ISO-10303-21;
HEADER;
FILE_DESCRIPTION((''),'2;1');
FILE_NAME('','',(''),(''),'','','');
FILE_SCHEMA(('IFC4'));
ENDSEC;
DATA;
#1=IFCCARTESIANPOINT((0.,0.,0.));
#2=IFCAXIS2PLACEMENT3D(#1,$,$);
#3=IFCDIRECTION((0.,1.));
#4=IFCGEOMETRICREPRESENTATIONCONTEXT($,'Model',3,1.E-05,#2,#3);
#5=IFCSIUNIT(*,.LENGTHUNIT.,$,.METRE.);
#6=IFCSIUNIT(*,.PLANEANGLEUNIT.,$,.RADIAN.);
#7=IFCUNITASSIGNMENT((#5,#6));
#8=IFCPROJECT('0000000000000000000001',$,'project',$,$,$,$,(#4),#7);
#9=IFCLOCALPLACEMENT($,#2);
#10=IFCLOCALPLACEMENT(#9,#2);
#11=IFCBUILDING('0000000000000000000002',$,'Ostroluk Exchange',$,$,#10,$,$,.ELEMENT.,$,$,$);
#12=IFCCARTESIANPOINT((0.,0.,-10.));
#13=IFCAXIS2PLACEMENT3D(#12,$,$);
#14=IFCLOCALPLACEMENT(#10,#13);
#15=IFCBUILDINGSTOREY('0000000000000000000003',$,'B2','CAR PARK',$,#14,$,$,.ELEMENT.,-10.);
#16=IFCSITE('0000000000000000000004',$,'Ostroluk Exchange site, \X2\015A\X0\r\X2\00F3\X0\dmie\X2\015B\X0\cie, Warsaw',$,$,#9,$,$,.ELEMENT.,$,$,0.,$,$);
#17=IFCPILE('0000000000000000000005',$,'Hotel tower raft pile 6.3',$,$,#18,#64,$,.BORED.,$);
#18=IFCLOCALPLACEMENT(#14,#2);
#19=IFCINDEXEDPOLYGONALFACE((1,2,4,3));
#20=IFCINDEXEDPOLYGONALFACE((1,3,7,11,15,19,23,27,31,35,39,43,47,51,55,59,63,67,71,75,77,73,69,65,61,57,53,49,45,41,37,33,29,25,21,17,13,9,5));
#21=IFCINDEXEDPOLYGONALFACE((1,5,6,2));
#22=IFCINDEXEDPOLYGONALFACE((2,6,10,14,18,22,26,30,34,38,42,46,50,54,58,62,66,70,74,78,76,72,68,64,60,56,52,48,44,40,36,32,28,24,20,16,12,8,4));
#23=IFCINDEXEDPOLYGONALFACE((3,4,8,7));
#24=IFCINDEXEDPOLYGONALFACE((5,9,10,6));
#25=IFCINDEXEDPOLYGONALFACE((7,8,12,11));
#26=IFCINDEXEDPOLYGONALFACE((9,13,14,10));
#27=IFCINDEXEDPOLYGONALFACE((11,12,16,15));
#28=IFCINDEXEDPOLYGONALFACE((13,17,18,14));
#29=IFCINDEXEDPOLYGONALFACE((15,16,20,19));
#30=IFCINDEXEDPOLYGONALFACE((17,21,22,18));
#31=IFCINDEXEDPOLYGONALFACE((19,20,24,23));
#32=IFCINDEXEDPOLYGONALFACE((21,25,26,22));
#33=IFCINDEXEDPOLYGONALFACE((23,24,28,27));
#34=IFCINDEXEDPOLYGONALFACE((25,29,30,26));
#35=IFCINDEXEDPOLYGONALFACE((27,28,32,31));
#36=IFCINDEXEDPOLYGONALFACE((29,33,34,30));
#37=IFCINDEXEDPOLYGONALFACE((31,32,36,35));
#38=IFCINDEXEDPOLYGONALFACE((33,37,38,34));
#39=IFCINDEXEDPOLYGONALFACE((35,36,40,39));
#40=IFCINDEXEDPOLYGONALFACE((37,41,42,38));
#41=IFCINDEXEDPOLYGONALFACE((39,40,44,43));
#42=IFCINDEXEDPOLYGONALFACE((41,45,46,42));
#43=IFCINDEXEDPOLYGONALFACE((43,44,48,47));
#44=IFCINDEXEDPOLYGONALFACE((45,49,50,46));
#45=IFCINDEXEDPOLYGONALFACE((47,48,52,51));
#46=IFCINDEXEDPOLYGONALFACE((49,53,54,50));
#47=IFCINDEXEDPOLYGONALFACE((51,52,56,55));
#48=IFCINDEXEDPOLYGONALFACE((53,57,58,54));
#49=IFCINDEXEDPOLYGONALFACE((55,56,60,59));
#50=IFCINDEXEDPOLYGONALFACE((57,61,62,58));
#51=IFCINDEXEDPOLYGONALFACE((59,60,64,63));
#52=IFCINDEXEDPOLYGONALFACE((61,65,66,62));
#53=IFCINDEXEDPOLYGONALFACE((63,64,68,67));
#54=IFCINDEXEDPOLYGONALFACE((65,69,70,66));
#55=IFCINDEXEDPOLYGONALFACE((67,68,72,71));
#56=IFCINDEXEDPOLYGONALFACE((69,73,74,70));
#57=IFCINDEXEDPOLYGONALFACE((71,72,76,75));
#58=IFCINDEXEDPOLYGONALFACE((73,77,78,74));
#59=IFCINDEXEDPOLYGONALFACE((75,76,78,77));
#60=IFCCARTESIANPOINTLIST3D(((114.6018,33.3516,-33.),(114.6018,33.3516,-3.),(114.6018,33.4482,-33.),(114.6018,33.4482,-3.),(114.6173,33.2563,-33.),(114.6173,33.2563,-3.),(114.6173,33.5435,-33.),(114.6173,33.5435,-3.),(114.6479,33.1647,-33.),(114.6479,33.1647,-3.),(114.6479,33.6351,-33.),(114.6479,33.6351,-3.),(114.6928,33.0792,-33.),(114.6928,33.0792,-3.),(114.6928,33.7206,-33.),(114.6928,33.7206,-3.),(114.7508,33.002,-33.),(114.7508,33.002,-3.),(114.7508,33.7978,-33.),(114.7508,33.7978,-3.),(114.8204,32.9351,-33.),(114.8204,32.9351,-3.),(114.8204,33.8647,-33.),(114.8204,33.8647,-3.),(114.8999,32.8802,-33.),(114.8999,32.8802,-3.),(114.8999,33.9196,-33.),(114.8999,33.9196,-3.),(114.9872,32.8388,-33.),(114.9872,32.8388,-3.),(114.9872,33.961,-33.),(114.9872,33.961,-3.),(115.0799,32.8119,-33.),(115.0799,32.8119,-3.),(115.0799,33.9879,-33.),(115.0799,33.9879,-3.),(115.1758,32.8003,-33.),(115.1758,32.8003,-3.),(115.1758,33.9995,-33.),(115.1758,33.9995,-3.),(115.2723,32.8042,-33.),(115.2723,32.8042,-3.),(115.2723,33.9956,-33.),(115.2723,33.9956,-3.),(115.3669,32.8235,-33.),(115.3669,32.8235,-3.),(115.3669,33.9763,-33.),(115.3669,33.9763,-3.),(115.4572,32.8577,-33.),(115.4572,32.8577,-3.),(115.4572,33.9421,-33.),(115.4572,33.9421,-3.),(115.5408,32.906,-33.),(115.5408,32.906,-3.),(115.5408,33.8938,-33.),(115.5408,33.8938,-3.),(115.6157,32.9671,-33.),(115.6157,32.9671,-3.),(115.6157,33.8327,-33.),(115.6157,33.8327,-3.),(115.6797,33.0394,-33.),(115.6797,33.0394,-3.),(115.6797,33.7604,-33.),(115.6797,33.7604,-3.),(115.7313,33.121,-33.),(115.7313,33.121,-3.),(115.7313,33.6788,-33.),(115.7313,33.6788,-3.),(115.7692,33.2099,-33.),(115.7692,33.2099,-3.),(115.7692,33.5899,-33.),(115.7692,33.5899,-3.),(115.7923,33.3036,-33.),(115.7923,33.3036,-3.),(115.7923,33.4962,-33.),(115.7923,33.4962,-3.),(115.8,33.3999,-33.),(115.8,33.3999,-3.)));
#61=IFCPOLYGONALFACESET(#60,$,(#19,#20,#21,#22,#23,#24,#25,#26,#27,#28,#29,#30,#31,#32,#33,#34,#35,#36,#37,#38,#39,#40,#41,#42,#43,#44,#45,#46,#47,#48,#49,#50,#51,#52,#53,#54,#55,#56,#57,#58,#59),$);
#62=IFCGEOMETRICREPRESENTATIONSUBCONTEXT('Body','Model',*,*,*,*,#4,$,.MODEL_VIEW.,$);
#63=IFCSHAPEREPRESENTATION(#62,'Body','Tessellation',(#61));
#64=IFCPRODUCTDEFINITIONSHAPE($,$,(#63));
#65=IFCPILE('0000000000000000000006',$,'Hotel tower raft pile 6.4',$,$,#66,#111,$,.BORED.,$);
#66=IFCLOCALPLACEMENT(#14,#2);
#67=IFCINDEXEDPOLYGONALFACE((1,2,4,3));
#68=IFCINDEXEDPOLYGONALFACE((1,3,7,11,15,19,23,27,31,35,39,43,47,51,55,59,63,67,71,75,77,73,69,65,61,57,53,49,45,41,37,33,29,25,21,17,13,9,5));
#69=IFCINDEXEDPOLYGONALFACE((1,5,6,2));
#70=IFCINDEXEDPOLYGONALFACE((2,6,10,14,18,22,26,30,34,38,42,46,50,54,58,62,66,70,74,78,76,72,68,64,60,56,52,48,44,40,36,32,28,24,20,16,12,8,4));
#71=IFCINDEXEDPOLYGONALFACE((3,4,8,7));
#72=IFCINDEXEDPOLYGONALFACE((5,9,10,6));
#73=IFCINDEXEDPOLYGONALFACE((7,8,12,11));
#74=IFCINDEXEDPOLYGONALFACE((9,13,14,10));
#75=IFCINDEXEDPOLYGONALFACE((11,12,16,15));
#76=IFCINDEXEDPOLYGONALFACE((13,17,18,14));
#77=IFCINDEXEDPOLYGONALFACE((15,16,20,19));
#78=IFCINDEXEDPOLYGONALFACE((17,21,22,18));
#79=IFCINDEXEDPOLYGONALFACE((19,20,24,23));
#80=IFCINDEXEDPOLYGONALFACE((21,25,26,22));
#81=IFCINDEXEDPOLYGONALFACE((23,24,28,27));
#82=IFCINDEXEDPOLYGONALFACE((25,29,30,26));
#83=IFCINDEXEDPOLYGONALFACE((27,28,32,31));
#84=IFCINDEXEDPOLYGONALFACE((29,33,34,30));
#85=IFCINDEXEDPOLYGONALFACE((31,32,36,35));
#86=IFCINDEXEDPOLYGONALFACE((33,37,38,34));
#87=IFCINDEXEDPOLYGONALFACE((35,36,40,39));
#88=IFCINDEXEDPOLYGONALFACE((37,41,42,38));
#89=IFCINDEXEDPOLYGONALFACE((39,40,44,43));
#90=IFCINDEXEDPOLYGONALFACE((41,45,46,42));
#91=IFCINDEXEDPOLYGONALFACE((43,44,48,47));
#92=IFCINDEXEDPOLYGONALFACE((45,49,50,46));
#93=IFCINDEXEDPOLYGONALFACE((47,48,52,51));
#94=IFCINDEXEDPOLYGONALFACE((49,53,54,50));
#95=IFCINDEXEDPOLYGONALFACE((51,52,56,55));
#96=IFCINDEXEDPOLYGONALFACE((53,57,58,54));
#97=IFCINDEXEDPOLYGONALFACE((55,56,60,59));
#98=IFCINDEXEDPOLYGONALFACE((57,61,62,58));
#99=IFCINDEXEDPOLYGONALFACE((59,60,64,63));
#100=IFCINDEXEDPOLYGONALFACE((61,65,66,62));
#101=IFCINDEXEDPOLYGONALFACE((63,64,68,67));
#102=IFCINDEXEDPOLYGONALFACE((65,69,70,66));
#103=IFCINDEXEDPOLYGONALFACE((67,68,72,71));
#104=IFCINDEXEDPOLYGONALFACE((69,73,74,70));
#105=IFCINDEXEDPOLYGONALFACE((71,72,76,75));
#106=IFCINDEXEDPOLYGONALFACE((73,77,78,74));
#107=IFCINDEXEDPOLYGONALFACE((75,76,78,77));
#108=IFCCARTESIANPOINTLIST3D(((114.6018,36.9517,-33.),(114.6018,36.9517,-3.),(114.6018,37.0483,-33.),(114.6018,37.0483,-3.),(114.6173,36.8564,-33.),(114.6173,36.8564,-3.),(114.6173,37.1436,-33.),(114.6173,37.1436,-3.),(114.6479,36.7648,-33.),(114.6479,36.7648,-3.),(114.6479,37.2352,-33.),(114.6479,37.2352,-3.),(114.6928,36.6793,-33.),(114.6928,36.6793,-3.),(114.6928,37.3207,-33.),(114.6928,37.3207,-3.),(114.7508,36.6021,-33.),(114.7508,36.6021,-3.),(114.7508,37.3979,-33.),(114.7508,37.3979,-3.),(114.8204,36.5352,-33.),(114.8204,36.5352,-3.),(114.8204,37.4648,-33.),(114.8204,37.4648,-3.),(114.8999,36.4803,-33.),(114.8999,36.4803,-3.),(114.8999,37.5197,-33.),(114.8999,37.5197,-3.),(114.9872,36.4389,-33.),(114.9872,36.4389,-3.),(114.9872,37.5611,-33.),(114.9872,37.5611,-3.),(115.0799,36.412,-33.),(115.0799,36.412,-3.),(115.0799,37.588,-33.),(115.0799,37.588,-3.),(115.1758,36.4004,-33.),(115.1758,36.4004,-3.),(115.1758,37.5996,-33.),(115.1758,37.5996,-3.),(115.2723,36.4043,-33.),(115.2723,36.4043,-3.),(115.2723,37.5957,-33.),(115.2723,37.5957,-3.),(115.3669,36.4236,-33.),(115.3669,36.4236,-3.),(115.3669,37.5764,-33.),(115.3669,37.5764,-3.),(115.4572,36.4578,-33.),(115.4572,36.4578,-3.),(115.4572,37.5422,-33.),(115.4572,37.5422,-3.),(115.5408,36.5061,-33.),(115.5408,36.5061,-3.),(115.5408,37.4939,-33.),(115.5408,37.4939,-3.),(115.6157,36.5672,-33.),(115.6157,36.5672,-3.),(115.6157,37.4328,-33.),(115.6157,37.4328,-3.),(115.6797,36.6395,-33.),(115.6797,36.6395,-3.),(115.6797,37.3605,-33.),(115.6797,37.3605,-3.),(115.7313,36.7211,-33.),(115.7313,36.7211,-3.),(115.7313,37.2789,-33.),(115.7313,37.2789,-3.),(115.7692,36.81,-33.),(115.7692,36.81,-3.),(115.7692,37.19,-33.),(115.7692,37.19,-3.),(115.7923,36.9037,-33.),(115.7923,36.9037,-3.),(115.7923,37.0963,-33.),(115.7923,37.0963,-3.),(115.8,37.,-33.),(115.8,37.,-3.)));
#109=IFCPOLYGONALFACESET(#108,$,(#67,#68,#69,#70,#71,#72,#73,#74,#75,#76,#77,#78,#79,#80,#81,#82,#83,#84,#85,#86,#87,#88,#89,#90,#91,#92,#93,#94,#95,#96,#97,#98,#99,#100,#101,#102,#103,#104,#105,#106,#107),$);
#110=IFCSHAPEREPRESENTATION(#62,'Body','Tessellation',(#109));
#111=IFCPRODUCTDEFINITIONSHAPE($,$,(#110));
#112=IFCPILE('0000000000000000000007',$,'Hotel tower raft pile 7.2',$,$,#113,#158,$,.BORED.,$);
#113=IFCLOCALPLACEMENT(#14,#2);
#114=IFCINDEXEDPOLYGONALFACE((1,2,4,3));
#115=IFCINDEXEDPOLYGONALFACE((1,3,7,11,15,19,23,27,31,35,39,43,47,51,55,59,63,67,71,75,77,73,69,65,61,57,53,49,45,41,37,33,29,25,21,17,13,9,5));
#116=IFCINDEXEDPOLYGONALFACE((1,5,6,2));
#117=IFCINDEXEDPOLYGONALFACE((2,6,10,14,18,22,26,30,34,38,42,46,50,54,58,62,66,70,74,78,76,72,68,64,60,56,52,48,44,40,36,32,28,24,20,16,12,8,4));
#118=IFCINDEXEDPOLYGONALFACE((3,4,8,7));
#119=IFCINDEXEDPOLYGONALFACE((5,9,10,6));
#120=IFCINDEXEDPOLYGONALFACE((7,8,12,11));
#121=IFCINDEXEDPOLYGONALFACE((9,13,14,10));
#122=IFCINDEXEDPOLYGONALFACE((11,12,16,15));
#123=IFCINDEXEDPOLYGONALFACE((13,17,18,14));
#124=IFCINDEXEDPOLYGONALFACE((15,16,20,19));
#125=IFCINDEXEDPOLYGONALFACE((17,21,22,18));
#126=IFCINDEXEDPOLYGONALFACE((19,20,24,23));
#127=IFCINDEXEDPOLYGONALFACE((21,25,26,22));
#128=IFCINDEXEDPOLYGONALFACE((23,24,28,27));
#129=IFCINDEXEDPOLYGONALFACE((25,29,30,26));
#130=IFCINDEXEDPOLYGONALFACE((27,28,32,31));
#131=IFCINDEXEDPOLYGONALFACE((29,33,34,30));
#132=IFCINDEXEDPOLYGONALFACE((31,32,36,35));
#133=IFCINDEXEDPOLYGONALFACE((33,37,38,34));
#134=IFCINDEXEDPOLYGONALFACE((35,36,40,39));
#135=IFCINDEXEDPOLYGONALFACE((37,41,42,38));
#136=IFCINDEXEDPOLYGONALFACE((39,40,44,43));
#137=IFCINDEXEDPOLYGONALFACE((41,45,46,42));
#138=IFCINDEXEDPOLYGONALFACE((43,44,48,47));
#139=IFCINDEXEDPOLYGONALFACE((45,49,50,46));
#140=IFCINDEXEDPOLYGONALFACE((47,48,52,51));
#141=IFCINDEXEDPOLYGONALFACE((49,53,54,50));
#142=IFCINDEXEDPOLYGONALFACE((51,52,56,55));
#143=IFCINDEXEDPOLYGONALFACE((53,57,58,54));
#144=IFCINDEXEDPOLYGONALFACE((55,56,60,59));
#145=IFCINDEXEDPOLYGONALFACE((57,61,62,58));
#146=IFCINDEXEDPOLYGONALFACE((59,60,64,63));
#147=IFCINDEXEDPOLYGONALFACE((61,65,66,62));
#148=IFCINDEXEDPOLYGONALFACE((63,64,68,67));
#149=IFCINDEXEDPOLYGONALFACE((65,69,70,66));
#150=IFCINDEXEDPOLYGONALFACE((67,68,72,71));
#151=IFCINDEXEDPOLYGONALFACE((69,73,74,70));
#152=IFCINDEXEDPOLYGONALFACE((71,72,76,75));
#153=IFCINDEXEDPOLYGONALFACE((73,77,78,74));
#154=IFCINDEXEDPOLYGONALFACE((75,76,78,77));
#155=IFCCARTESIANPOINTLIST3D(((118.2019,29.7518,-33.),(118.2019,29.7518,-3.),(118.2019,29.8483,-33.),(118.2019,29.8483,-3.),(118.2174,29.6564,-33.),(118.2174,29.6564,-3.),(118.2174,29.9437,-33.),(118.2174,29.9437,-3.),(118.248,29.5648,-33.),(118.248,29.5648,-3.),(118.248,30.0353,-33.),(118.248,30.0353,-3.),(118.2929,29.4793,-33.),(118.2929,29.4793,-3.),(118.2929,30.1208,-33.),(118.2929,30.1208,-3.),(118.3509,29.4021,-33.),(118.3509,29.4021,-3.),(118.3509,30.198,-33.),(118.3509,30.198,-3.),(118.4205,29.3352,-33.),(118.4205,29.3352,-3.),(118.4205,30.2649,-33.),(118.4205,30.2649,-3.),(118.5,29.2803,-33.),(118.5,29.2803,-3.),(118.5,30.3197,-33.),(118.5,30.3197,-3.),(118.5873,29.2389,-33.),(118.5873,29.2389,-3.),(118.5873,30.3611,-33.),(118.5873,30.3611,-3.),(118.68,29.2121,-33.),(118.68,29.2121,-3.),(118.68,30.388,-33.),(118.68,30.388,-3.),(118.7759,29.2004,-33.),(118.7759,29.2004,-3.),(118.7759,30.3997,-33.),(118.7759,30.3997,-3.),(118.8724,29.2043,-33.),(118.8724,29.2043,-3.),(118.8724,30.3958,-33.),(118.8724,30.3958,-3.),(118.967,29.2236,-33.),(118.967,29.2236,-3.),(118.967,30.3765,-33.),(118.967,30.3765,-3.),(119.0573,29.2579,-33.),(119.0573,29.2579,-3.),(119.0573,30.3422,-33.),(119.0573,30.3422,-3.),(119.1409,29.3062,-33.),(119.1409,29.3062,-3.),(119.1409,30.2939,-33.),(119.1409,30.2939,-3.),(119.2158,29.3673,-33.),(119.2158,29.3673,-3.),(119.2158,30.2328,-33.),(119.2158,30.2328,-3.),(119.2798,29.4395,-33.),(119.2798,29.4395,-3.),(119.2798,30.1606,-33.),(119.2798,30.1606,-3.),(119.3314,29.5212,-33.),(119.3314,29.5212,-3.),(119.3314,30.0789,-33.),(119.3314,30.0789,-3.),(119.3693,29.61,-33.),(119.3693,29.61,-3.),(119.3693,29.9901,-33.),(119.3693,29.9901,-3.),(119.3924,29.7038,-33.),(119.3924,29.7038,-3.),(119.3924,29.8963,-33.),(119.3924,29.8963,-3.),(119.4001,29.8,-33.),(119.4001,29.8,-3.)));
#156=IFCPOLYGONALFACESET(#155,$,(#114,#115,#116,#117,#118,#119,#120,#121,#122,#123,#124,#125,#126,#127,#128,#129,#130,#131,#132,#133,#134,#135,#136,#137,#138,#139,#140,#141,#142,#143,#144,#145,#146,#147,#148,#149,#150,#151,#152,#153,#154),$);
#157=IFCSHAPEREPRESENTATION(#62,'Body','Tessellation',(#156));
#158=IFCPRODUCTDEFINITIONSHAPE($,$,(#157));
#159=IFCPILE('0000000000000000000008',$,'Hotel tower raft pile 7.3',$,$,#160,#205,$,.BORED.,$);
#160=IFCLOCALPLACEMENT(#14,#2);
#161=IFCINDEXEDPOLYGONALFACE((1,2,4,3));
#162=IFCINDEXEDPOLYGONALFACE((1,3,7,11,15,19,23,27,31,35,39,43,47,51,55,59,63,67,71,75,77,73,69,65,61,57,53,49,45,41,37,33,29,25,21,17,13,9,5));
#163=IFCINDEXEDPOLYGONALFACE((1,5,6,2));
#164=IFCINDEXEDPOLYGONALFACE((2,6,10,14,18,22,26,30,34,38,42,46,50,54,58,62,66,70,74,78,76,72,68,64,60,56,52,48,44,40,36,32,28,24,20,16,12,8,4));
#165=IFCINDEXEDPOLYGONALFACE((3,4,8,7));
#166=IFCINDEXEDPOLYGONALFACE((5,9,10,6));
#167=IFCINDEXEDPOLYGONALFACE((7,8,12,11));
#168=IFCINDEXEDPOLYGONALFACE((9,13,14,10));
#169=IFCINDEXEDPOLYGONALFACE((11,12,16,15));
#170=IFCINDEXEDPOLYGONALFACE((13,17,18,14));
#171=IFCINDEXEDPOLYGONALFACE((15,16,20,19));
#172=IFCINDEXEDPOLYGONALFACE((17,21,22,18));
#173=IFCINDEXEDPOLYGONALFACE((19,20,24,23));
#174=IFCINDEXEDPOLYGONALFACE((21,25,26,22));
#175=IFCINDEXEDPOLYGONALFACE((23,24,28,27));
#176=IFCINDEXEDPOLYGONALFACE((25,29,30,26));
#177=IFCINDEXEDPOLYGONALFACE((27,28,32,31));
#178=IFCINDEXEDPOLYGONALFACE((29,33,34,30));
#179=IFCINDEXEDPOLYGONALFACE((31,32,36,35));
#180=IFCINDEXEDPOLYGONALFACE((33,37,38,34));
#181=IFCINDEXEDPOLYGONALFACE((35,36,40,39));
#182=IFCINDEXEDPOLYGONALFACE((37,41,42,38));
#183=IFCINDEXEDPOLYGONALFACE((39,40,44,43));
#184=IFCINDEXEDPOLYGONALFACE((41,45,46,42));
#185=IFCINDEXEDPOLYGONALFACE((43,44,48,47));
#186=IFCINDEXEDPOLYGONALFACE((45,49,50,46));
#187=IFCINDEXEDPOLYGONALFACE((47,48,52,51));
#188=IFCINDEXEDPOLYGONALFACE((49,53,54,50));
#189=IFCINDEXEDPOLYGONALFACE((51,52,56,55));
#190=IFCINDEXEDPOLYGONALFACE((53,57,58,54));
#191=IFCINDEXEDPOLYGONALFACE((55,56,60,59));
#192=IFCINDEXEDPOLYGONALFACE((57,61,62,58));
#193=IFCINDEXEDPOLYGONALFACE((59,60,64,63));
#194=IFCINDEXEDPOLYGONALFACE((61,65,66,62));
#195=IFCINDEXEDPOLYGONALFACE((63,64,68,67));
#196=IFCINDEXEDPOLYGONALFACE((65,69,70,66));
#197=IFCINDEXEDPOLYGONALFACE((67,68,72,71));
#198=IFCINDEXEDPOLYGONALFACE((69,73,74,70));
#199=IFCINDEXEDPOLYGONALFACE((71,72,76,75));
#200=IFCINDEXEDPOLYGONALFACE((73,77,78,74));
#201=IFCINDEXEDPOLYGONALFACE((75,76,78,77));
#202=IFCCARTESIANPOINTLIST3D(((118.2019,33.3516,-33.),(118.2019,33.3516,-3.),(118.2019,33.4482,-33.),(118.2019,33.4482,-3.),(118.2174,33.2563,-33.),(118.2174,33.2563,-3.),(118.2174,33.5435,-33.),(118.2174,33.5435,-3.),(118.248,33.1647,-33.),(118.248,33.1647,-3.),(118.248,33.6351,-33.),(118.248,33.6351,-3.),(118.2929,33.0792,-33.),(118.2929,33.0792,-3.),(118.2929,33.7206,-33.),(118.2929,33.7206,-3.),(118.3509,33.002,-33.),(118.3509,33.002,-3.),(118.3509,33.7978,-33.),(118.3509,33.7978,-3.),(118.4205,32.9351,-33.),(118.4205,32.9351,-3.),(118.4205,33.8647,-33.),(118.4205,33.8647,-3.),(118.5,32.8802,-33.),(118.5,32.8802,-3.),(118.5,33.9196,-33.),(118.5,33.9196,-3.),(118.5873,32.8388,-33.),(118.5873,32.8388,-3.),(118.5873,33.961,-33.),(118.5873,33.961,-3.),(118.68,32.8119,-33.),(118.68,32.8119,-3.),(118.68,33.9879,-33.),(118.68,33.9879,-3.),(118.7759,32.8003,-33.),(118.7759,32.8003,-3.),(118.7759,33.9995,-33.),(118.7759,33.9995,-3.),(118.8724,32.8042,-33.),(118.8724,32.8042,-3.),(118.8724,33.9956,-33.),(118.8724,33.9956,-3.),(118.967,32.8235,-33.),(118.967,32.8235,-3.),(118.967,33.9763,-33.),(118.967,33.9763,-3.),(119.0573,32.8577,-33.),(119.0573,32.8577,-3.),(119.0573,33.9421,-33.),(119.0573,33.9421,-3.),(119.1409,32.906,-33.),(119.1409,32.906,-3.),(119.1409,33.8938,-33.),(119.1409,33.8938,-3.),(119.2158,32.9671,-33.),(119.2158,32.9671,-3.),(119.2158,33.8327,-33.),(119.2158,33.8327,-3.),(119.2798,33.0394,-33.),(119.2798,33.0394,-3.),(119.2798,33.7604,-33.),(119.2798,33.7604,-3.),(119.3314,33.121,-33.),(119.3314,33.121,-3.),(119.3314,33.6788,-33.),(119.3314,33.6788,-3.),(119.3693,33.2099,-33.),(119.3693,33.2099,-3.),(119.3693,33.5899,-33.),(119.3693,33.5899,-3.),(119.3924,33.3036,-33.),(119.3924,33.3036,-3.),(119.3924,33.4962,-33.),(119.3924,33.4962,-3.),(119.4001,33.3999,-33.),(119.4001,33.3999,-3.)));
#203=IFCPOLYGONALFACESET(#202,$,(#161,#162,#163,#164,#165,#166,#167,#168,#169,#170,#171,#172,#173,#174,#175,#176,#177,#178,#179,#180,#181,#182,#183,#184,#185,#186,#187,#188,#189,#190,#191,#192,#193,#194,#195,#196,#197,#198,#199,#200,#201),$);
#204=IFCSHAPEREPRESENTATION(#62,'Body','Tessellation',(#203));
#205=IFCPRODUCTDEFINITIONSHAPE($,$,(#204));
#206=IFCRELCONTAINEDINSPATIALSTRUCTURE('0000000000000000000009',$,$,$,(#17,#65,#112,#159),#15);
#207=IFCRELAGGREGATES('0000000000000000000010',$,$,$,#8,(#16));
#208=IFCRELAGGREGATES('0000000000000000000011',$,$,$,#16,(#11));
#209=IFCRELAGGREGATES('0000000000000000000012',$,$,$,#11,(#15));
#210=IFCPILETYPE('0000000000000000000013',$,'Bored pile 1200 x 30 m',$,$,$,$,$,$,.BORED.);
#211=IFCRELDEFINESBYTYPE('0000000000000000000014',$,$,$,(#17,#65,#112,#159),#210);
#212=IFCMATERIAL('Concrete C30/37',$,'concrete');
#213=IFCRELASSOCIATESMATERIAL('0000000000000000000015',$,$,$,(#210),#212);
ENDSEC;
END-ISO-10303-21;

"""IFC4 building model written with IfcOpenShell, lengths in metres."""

from ifc_helpers import new_model, si_unit, direction, frame, origin, origin_2d, place, context, subcontext, project, spatial, circle, extrude, material, type_object, element, save


model = new_model("IFC4")

# Units and contexts
model_context = context("Model", 3, precision=1e-05, world=origin(), true_north=direction((0.0, 1.0)))
body_context = subcontext(model_context, "Body", "Model", "MODEL_VIEW")
ifc_project = project(units=[si_unit("LENGTHUNIT", "METRE"), si_unit("PLANEANGLEUNIT", "RADIAN")], contexts=[model_context])

# Site, building, storey
site_placement = place(None, origin())
site = spatial("IfcSite", under=ifc_project, at=site_placement, Name="Ostroluk Exchange site, Śródmieście, Warsaw", CompositionType="ELEMENT", RefElevation=0.0)
building_placement = place(site_placement, origin())
building = spatial("IfcBuilding", under=site, at=building_placement, Name="Ostroluk Exchange", CompositionType="ELEMENT")
storey_placement = place(building_placement, frame((0.0, 0.0, -10.0)))
storey = spatial("IfcBuildingStorey", under=building, at=storey_placement, Name="B2", Description="CAR PARK", CompositionType="ELEMENT", Elevation=-10.0)

# Piles
ifc_material_1 = material(Name="Concrete C30/37", Category="concrete")
pile_type = type_object("IfcPileType", Name="Bored pile 1200 x 30 m", PredefinedType="BORED", material=ifc_material_1)
for number, where, z_axis, x_axis, name in (
    (1, (115.2, 33.3999, -3.0), (0.0, 0.0, -1.0), (1.0, 0.0, 0.0), "Hotel tower raft pile 6.3"),
    (2, (115.2, 37.0, -3.0), (0.0, 0.0, -1.0), (1.0, 0.0, 0.0), "Hotel tower raft pile 6.4"),
    (3, (118.8, 29.8, -3.0), (0.0, 0.0, -1.0), (1.0, 0.0, 0.0), "Hotel tower raft pile 7.2"),
    (4, (118.8, 33.3999, -3.0), (0.0, 0.0, -1.0), (1.0, 0.0, 0.0), "Hotel tower raft pile 7.3"),
):
    element("IfcPile", number, at=place(storey_placement, frame(where, z_axis=z_axis, x_axis=x_axis)), inside=storey, type_object=pile_type, Name=name, PredefinedType="BORED", context=body_context, shape_type="SweptSolid", body=[
        extrude(circle(Radius=0.6001, at=origin_2d()), origin(), (0.0, 0.0, 1.0), 30.0),
    ])

save(model, "model.ifc")
